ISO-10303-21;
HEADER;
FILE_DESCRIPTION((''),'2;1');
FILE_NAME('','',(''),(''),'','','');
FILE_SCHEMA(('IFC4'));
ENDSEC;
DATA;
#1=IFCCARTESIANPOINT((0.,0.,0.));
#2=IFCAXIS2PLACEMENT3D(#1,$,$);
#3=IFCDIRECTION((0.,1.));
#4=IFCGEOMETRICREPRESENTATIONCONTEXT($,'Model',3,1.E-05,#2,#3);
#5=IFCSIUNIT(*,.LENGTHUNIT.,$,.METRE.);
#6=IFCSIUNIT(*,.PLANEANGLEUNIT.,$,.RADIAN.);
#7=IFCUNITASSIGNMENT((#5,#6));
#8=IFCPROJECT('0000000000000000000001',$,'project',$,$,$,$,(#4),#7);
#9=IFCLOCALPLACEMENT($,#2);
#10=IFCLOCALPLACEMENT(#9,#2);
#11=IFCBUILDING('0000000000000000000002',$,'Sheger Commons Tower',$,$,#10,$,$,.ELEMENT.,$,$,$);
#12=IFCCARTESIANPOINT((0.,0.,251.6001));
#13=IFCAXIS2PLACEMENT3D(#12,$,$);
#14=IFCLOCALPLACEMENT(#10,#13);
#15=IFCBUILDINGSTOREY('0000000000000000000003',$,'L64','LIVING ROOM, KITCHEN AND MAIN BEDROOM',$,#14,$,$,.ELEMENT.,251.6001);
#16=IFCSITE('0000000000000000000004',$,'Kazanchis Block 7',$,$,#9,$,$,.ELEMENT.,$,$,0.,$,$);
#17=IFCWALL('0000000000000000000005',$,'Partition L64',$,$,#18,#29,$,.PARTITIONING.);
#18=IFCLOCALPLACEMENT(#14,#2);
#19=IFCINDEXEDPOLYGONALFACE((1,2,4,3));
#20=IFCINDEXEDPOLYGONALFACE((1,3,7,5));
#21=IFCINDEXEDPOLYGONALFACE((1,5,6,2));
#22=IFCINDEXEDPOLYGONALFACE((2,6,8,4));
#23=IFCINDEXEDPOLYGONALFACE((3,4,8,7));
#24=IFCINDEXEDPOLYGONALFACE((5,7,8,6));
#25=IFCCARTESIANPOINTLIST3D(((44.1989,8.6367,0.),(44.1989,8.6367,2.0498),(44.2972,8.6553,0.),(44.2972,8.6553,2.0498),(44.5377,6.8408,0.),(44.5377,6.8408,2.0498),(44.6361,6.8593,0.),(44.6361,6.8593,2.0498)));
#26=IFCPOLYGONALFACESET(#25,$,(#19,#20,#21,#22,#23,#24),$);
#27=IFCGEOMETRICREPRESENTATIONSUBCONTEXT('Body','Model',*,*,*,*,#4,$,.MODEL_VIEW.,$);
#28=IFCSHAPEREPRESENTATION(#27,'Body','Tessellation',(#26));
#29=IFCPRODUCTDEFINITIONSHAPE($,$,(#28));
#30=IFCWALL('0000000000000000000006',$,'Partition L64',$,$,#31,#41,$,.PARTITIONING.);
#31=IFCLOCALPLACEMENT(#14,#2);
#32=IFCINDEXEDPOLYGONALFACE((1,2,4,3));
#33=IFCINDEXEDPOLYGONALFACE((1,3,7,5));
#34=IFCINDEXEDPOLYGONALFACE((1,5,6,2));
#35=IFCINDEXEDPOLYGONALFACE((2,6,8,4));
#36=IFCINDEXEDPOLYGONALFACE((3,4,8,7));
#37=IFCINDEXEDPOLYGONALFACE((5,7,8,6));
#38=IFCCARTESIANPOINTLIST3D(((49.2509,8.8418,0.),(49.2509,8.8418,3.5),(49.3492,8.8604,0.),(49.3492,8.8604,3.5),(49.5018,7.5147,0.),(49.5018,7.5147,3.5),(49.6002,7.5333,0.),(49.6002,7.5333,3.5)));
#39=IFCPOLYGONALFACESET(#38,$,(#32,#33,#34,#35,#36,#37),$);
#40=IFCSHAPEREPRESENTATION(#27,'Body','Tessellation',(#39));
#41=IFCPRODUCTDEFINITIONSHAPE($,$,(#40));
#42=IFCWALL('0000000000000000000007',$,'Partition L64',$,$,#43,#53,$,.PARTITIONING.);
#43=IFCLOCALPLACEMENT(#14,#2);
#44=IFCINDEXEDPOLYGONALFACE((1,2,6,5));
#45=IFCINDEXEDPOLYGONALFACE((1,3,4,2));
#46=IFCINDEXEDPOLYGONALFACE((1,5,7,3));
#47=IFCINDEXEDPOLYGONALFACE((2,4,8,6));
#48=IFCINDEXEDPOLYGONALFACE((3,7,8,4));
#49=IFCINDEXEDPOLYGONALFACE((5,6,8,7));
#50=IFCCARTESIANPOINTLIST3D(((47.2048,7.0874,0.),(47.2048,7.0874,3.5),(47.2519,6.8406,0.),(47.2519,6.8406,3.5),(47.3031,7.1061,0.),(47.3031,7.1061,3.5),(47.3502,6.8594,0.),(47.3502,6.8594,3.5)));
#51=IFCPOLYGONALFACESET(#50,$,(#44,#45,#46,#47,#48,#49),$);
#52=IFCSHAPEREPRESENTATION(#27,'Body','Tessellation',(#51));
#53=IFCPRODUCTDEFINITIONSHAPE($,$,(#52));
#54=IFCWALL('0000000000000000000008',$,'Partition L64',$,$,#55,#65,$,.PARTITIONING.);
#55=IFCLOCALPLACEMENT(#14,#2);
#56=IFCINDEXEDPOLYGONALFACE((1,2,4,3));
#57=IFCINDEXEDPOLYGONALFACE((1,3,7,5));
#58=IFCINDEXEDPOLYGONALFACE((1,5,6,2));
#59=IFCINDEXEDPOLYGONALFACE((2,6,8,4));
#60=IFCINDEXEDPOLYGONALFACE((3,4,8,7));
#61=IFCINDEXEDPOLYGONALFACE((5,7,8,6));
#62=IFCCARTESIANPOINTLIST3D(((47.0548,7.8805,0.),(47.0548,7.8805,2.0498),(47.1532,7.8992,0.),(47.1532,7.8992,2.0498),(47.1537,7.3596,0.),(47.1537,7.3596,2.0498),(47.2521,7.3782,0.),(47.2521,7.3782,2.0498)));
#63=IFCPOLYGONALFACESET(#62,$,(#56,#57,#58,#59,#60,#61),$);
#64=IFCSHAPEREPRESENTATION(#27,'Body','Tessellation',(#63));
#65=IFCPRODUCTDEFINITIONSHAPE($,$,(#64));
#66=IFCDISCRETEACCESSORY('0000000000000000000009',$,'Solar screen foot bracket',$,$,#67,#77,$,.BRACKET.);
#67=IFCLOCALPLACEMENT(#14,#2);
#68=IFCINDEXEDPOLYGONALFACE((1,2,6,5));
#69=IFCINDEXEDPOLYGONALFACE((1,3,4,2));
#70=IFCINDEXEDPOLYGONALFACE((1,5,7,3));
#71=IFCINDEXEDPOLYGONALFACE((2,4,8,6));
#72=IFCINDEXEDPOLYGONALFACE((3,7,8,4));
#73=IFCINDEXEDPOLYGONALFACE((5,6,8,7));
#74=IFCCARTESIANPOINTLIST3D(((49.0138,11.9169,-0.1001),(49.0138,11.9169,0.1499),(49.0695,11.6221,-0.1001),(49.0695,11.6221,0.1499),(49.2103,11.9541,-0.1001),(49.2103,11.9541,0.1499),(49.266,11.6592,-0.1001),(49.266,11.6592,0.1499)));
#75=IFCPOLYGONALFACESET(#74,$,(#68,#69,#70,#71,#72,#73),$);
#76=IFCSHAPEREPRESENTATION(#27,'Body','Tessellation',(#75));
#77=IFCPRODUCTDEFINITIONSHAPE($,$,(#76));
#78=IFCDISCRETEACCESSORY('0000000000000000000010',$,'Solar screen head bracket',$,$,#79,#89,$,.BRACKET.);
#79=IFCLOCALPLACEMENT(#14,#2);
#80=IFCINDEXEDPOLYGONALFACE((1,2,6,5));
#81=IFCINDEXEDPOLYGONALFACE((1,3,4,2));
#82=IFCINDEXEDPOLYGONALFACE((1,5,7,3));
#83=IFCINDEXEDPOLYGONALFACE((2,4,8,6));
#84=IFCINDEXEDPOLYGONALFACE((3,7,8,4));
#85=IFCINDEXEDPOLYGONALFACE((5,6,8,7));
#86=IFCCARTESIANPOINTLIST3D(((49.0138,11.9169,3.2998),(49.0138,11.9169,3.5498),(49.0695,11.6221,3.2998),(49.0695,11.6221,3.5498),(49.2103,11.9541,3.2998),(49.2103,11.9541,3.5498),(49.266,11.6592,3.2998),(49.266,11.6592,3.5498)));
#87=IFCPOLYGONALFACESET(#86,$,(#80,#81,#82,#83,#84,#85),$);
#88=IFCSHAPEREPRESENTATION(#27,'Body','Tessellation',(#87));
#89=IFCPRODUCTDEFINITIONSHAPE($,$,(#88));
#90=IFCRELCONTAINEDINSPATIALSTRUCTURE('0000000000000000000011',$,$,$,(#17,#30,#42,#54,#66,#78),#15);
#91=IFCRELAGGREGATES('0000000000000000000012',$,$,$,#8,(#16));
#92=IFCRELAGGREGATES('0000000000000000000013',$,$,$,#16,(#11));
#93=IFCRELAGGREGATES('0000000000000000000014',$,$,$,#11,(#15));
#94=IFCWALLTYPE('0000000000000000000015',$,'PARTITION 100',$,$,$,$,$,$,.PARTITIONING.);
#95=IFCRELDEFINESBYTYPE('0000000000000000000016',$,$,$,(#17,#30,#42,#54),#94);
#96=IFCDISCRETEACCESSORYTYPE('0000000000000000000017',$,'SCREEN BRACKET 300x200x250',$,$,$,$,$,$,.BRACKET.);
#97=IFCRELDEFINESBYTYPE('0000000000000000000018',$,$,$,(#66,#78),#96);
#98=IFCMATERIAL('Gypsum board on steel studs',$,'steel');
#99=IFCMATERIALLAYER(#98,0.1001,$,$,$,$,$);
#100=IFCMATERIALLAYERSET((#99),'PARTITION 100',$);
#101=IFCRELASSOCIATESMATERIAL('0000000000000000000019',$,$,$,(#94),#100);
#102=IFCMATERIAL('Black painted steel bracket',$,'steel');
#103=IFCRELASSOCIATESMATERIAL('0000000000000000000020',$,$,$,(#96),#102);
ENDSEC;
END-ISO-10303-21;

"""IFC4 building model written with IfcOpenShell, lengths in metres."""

from ifc_helpers import new_model, si_unit, direction, frame, frame_2d, origin, origin_2d, place, context, subcontext, project, spatial, rectangle, extrude, material, layer, layer_set, type_object, element, save


model = new_model("IFC4")

# Units and contexts
model_context = context("Model", 3, precision=1e-05, world=origin(), true_north=direction((0.0, 1.0)))
body_context = subcontext(model_context, "Body", "Model", "MODEL_VIEW")
ifc_project = project(units=[si_unit("LENGTHUNIT", "METRE"), si_unit("PLANEANGLEUNIT", "RADIAN")], contexts=[model_context])

# Site, building, storey
site_placement = place(None, origin())
site = spatial("IfcSite", under=ifc_project, at=site_placement, Name="Kazanchis Block 7", CompositionType="ELEMENT", RefElevation=0.0)
building_placement = place(site_placement, origin())
building = spatial("IfcBuilding", under=site, at=building_placement, Name="Sheger Commons Tower", CompositionType="ELEMENT")
storey_placement = place(building_placement, frame((0.0, 0.0, 251.6001)))
storey = spatial("IfcBuildingStorey", under=building, at=storey_placement, Name="L64", Description="LIVING ROOM, KITCHEN AND MAIN BEDROOM", CompositionType="ELEMENT", Elevation=251.6001)

# Walls
ifc_material_1 = material(Name="Gypsum board on steel studs", Category="steel")
ifc_layer_1 = layer(ifc_material_1, 0.1001)
ifc_layer_set_1 = layer_set([ifc_layer_1], Name="PARTITION 100")
wall_type_1 = type_object("IfcWallType", Name="PARTITION 100", PredefinedType="PARTITIONING", material=ifc_layer_set_1)
wall_1_placement = place(storey_placement, frame((44.248, 8.646, 0.0), z_axis=(0.0, 0.0, 1.0), x_axis=(0.185418, -0.98266, 0.0)))
element("IfcWall", 1, at=wall_1_placement, inside=storey, type_object=wall_type_1, Name="Partition L64", PredefinedType="PARTITIONING", context=body_context, shape_type="SweptSolid", body=[
    extrude(rectangle(XDim=1.8276, YDim=0.1001, at=frame_2d((0.9138, 0.0))), origin(), (0.0, 0.0, 1.0), 2.0498),
])
wall_2_placement = place(storey_placement, frame((49.3, 8.8511, 0.0), z_axis=(0.0, 0.0, 1.0), x_axis=(0.185816, -0.982585, 0.0)))
element("IfcWall", 2, at=wall_2_placement, inside=storey, type_object=wall_type_1, Name="Partition L64", PredefinedType="PARTITIONING", context=body_context, shape_type="SweptSolid", body=[
    extrude(rectangle(XDim=1.3506, YDim=0.1001, at=frame_2d((0.6753, 0.0))), origin(), (0.0, 0.0, 1.0), 3.5),
])
wall_3_placement = place(storey_placement, frame((47.301, 6.8501, 0.0), z_axis=(0.0, 0.0, 1.0), x_axis=(-0.187514, 0.982262, 0.0)))
element("IfcWall", 3, at=wall_3_placement, inside=storey, type_object=wall_type_1, Name="Partition L64", PredefinedType="PARTITIONING", context=body_context, shape_type="SweptSolid", body=[
    extrude(rectangle(XDim=0.2512, YDim=0.1001, at=frame_2d((0.1255, 0.0))), origin(), (0.0, 0.0, 1.0), 3.5),
])
wall_4_placement = place(storey_placement, frame((47.2029, 7.3689, 0.0), z_axis=(0.0, 0.0, 1.0), x_axis=(-0.186456, 0.982463, 0.0)))
element("IfcWall", 4, at=wall_4_placement, inside=storey, type_object=wall_type_1, Name="Partition L64", PredefinedType="PARTITIONING", context=body_context, shape_type="SweptSolid", body=[
    extrude(rectangle(XDim=0.5303, YDim=0.1001, at=frame_2d((0.2651, 0.0))), origin(), (0.0, 0.0, 1.0), 2.0498),
])

# Discrete accessories
ifc_material_2 = material(Name="Black painted steel bracket", Category="steel")
discrete_accessory_type = type_object("IfcDiscreteAccessoryType", Name="SCREEN BRACKET 300x200x250", PredefinedType="BRACKET", material=ifc_material_2)
for number, where, z_axis, x_axis, name in (
    (5, (49.1399, 11.7881, -0.1001), (0.0, 0.0, 1.0), (-0.185615, 0.982623, 0.0), "Solar screen foot bracket"),
    (6, (49.1399, 11.7881, 3.2998), (0.0, 0.0, 1.0), (-0.185615, 0.982623, 0.0), "Solar screen head bracket"),
):
    element("IfcDiscreteAccessory", number, at=place(storey_placement, frame(where, z_axis=z_axis, x_axis=x_axis)), inside=storey, type_object=discrete_accessory_type, Name=name, PredefinedType="BRACKET", context=body_context, shape_type="SweptSolid", body=[
        extrude(rectangle(XDim=0.3, YDim=0.2, at=origin_2d()), origin(), (0.0, 0.0, 1.0), 0.25),
    ])

save(model, "model.ifc")
